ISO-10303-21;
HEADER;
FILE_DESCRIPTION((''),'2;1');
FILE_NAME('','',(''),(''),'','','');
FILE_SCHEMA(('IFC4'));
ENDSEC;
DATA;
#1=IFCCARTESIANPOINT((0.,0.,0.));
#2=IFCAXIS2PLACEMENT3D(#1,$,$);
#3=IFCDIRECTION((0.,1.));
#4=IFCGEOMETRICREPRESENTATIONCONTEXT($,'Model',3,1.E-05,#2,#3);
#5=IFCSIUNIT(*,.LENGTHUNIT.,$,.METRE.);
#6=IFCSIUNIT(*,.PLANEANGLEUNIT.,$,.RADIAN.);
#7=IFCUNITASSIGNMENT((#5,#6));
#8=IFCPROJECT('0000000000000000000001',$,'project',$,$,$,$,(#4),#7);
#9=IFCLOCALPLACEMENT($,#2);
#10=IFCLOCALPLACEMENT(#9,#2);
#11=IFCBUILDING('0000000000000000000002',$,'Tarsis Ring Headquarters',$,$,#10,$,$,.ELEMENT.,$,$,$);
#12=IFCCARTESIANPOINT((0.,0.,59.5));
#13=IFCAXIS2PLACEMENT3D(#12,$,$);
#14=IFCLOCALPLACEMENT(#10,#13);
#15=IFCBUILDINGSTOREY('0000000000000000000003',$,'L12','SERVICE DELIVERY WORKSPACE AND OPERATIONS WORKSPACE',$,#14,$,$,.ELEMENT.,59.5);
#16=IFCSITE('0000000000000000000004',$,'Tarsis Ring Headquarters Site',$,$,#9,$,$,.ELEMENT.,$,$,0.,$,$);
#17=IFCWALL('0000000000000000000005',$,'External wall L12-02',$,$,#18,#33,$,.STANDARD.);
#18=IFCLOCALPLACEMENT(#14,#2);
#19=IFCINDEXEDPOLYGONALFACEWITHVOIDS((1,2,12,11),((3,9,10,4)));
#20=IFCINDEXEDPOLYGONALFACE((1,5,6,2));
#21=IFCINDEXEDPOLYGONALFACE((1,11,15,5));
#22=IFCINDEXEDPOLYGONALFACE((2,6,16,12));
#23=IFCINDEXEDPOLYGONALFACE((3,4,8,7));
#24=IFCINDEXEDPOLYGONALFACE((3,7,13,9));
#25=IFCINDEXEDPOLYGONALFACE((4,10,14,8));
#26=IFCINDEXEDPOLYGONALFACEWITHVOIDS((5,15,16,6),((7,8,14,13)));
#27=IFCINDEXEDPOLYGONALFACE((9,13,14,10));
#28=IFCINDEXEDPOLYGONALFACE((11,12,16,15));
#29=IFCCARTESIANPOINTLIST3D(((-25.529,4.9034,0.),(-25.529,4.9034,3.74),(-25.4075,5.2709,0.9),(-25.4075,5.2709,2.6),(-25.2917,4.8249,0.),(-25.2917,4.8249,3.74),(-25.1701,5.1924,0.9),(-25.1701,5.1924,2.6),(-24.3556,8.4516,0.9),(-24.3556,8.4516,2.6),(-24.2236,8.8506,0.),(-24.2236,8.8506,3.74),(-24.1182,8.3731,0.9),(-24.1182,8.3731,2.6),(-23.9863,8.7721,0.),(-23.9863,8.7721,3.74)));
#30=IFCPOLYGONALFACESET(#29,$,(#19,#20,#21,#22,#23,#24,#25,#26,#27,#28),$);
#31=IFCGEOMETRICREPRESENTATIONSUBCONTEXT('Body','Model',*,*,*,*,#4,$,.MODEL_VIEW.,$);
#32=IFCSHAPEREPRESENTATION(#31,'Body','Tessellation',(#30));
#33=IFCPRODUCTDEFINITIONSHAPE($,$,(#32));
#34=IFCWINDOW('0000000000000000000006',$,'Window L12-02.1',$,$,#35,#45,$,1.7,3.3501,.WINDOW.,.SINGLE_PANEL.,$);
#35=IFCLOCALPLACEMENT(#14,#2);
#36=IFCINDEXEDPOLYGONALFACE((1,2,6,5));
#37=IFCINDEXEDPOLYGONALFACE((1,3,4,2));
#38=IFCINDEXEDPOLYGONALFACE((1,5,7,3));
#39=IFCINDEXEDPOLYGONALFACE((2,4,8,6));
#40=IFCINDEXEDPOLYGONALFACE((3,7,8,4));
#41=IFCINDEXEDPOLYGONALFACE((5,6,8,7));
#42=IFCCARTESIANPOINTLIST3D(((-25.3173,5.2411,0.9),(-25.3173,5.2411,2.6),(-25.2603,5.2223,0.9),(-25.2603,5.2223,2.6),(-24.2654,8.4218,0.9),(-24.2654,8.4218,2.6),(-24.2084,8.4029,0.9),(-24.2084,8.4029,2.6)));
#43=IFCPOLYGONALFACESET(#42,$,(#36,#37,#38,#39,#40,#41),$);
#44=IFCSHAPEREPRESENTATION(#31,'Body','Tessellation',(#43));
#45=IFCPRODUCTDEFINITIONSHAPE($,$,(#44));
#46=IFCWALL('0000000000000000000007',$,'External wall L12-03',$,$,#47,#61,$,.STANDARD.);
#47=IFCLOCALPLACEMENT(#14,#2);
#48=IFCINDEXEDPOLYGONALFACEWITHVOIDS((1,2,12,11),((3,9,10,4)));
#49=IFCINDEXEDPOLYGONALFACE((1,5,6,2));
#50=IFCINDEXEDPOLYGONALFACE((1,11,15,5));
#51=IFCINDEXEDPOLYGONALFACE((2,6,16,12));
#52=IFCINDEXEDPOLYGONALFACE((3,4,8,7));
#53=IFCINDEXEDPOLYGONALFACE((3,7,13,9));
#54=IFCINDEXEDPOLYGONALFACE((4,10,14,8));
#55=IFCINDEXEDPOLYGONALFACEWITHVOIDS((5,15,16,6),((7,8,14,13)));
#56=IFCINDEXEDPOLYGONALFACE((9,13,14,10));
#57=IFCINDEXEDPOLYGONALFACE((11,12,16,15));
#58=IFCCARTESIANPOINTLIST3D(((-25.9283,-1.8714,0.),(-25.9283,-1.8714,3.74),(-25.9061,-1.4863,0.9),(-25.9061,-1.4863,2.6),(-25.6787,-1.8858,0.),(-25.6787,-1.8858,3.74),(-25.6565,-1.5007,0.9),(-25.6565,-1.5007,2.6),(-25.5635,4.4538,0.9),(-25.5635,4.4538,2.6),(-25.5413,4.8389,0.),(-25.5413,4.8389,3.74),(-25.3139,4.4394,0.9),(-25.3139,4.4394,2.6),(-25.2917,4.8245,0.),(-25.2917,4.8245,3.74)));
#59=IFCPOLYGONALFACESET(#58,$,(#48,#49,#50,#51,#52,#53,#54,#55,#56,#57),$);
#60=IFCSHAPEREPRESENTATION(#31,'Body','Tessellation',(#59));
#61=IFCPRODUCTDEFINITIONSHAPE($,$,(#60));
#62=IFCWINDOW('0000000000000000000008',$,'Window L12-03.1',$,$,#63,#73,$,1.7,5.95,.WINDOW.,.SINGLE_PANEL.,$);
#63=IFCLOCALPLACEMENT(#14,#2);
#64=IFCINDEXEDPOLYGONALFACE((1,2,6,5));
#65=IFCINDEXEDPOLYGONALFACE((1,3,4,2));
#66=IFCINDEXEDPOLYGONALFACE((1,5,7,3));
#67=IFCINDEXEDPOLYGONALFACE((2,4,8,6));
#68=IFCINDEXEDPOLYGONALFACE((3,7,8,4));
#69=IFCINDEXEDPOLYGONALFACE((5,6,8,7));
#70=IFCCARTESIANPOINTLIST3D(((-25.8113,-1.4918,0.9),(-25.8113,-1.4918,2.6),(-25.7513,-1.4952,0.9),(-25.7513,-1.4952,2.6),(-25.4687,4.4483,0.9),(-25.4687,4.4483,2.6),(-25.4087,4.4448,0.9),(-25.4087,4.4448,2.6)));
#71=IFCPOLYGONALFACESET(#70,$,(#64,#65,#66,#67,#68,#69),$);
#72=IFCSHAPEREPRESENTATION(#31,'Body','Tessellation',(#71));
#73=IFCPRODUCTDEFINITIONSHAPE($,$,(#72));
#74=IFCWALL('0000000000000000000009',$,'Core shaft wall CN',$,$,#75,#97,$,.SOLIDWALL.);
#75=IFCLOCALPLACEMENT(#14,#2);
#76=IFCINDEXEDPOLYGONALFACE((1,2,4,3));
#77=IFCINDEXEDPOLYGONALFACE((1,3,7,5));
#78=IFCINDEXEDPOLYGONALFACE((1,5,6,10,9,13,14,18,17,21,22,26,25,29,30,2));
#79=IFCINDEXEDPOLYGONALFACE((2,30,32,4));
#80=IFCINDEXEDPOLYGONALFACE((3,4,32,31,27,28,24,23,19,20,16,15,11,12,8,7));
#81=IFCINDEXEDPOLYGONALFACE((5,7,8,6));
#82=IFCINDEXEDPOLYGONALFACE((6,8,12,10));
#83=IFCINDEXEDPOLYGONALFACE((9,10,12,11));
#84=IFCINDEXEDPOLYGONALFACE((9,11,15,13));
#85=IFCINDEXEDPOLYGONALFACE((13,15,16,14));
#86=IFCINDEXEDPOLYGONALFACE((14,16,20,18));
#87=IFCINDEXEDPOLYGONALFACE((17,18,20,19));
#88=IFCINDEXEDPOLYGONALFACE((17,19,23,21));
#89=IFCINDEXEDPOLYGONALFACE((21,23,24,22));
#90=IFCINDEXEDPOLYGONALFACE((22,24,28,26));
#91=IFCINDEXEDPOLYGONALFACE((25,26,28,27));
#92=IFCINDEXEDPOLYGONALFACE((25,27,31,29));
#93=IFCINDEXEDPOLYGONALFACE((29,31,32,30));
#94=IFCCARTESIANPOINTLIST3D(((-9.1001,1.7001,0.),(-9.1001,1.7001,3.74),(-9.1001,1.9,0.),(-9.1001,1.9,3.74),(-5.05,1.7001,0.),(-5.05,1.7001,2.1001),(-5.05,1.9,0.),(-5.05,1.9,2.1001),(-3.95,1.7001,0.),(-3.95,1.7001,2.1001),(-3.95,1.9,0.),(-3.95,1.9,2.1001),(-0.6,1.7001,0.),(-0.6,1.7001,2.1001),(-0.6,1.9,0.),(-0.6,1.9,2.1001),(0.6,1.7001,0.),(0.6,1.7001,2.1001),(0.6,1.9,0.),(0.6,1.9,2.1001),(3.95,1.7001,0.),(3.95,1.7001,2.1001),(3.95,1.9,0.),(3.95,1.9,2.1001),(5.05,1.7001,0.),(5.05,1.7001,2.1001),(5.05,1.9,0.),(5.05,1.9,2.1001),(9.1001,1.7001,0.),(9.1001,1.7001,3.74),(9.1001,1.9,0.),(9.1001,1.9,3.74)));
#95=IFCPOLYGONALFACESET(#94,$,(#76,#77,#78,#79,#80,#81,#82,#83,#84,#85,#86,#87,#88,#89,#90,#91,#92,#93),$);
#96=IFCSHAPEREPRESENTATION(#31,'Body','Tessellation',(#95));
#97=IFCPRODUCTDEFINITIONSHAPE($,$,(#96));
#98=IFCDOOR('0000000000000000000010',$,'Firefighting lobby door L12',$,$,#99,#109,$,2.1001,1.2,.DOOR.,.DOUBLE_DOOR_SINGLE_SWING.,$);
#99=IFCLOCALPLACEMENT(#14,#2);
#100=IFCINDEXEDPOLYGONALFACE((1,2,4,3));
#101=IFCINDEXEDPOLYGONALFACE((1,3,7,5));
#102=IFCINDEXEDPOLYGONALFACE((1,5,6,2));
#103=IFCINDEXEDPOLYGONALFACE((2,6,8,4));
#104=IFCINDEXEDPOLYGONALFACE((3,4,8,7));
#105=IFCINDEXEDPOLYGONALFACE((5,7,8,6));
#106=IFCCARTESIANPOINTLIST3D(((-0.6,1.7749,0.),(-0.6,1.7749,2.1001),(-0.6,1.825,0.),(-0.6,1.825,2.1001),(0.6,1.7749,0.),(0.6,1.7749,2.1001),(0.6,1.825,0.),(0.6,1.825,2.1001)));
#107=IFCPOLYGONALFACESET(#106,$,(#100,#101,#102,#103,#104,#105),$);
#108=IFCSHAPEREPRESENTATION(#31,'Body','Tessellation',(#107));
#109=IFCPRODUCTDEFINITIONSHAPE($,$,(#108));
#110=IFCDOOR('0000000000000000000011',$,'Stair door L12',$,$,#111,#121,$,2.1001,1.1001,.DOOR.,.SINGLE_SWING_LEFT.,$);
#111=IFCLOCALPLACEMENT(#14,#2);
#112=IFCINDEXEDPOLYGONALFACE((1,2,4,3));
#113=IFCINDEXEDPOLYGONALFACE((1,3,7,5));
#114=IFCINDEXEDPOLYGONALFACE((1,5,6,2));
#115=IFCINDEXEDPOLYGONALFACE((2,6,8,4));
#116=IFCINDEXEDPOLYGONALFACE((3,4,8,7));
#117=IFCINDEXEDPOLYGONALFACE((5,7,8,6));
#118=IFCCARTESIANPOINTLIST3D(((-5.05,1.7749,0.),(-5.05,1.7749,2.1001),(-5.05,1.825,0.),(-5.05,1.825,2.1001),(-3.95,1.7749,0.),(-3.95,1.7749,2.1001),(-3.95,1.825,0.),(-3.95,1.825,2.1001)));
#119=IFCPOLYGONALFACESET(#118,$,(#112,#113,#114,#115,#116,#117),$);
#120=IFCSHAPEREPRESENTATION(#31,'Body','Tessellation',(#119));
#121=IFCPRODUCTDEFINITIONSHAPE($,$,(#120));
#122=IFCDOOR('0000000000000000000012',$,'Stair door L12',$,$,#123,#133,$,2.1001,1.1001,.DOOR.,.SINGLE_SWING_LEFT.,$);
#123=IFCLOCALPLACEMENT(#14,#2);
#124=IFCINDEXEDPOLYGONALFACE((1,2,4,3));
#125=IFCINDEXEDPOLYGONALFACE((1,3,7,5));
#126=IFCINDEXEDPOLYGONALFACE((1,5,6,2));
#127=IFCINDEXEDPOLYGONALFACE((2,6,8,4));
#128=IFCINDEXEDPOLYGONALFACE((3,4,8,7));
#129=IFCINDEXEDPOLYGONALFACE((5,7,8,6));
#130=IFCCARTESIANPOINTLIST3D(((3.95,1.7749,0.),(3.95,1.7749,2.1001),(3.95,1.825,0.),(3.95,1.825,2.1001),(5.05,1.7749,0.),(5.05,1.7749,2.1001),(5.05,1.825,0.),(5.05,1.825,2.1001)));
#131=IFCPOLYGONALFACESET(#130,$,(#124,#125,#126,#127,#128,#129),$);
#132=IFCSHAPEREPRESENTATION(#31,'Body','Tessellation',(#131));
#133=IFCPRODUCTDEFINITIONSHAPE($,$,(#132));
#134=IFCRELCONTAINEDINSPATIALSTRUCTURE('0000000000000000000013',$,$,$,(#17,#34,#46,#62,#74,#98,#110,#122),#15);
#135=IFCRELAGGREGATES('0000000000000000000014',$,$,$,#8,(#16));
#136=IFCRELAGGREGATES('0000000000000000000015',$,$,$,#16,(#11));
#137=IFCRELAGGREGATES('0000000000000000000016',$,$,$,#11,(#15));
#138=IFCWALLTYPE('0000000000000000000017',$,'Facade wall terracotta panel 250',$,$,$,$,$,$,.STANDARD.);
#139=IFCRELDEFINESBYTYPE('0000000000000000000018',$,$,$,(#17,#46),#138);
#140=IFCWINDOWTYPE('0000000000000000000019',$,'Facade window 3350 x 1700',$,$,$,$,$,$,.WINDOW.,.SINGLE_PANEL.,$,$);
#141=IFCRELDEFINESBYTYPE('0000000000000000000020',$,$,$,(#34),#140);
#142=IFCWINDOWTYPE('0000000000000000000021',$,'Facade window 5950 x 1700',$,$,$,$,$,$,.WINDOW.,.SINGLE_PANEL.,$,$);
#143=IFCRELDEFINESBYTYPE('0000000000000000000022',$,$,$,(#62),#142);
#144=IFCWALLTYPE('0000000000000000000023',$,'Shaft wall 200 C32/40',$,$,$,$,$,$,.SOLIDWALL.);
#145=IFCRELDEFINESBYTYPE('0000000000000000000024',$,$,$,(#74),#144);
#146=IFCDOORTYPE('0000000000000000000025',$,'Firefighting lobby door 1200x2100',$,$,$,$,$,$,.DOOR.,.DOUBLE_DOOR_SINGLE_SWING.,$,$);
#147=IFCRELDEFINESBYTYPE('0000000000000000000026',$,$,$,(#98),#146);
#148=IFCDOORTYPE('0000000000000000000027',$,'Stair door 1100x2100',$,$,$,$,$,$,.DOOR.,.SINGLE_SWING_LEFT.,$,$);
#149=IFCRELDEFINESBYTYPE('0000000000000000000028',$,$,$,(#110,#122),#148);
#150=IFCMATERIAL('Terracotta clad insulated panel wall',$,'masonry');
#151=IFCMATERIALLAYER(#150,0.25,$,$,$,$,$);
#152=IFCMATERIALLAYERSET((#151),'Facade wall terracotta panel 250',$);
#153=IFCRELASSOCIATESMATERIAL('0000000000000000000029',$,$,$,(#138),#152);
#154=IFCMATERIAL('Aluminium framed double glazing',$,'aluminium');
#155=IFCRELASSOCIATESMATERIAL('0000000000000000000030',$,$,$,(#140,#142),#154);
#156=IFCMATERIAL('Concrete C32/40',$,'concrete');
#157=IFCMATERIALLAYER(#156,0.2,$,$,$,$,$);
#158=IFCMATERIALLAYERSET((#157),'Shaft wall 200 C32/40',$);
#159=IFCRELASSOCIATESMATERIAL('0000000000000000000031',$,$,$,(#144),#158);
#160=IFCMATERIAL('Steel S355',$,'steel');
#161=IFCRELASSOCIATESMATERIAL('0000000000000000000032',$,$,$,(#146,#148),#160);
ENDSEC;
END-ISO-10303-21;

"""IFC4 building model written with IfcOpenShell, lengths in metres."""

from ifc_helpers import new_model, si_unit, direction, frame, frame_2d, origin, place, context, subcontext, project, spatial, rectangle, extrude, material, layer, layer_set, type_object, element, fill, save


model = new_model("IFC4")

# Units and contexts
model_context = context("Model", 3, precision=1e-05, world=origin(), true_north=direction((0.0, 1.0)))
body_context = subcontext(model_context, "Body", "Model", "MODEL_VIEW")
ifc_project = project(units=[si_unit("LENGTHUNIT", "METRE"), si_unit("PLANEANGLEUNIT", "RADIAN")], contexts=[model_context])

# Site, building, storey
site_placement = place(None, origin())
site = spatial("IfcSite", under=ifc_project, at=site_placement, Name="Tarsis Ring Headquarters Site", CompositionType="ELEMENT", RefElevation=0.0)
building_placement = place(site_placement, origin())
building = spatial("IfcBuilding", under=site, at=building_placement, Name="Tarsis Ring Headquarters", CompositionType="ELEMENT")
storey_placement = place(building_placement, frame((0.0, 0.0, 59.5)))
storey = spatial("IfcBuildingStorey", under=building, at=storey_placement, Name="L12", Description="SERVICE DELIVERY WORKSPACE AND OPERATIONS WORKSPACE", CompositionType="ELEMENT", Elevation=59.5)

# Walls, openings, windows
ifc_material_1 = material(Name="Terracotta clad insulated panel wall", Category="masonry")
ifc_layer_1 = layer(ifc_material_1, 0.25)
ifc_layer_set_1 = layer_set([ifc_layer_1], Name="Facade wall terracotta panel 250")
wall_type_1 = type_object("IfcWallType", Name="Facade wall terracotta panel 250", PredefinedType="STANDARD", material=ifc_layer_set_1)
wall_1_placement = place(storey_placement, frame((-24.105, 8.8113, 0.0), z_axis=(0.0, 0.0, 1.0), x_axis=(-0.31399, -0.949426, 0.0)))
wall_1 = element("IfcWall", 1, at=wall_1_placement, inside=storey, type_object=wall_type_1, Name="External wall L12-02", PredefinedType="STANDARD", context=body_context, shape_type="SweptSolid", body=[
    extrude(rectangle(XDim=4.1575, YDim=0.25, at=frame_2d((2.0786, 0.0))), origin(), (0.0, 0.0, 1.0), 3.74),
])
opening_1_placement = place(wall_1_placement, frame((0.4202, 0.0, 0.8999)))
opening_1 = element("IfcOpeningElement", 2, at=opening_1_placement, cuts=wall_1, PredefinedType="OPENING", context=body_context, shape_type="SweptSolid", body=[
    extrude(rectangle(XDim=3.3501, YDim=1.7, at=frame_2d((1.675, 0.8501))), frame((0.0, 0.135, 0.0), z_axis=(0.0, -1.0, 0.0), x_axis=(1.0, 0.0, 0.0)), (0.0, 0.0, 1.0), 0.27),
])
ifc_material_2 = material(Name="Aluminium framed double glazing", Category="aluminium")
window_type_1 = type_object("IfcWindowType", Name="Facade window 3350 x 1700", PartitioningType="SINGLE_PANEL", PredefinedType="WINDOW", material=ifc_material_2)
window_1_placement = place(opening_1_placement, origin())
window_1 = element("IfcWindow", 3, at=window_1_placement, inside=storey, type_object=window_type_1, Name="Window L12-02.1", OverallHeight=1.7, OverallWidth=3.3501, PartitioningType="SINGLE_PANEL", PredefinedType="WINDOW", context=body_context, shape_type="SweptSolid", body=[
    extrude(rectangle(XDim=3.3501, YDim=1.7, at=frame_2d((1.675, 0.8501))), frame((0.0, 0.03, 0.0), z_axis=(0.0, -1.0, 0.0), x_axis=(1.0, 0.0, 0.0)), (0.0, 0.0, 1.0), 0.0601),
])
fill(opening_1, window_1)
wall_2_placement = place(storey_placement, frame((-25.4165, 4.8318, 0.0), z_axis=(0.0, 0.0, 1.0), x_axis=(-0.057572, -0.998341, 0.0)))
wall_2 = element("IfcWall", 4, at=wall_2_placement, inside=storey, type_object=wall_type_1, Name="External wall L12-03", PredefinedType="STANDARD", context=body_context, shape_type="SweptSolid", body=[
    extrude(rectangle(XDim=6.7214, YDim=0.25, at=frame_2d((3.3608, 0.0))), origin(), (0.0, 0.0, 1.0), 3.74),
])
opening_2_placement = place(wall_2_placement, frame((0.3857, 0.0, 0.8999)))
opening_2 = element("IfcOpeningElement", 5, at=opening_2_placement, cuts=wall_2, PredefinedType="OPENING", context=body_context, shape_type="SweptSolid", body=[
    extrude(rectangle(XDim=5.95, YDim=1.7, at=frame_2d((2.9751, 0.8501))), frame((0.0, 0.135, 0.0), z_axis=(0.0, -1.0, 0.0), x_axis=(1.0, 0.0, 0.0)), (0.0, 0.0, 1.0), 0.27),
])
window_type_2 = type_object("IfcWindowType", Name="Facade window 5950 x 1700", PartitioningType="SINGLE_PANEL", PredefinedType="WINDOW", material=ifc_material_2)
window_2_placement = place(opening_2_placement, origin())
window_2 = element("IfcWindow", 6, at=window_2_placement, inside=storey, type_object=window_type_2, Name="Window L12-03.1", OverallHeight=1.7, OverallWidth=5.95, PartitioningType="SINGLE_PANEL", PredefinedType="WINDOW", context=body_context, shape_type="SweptSolid", body=[
    extrude(rectangle(XDim=5.95, YDim=1.7, at=frame_2d((2.9751, 0.8501))), frame((0.0, 0.03, 0.0), z_axis=(0.0, -1.0, 0.0), x_axis=(1.0, 0.0, 0.0)), (0.0, 0.0, 1.0), 0.0601),
])
fill(opening_2, window_2)

# Wall, openings, doors
ifc_material_3 = material(Name="Concrete C32/40", Category="concrete")
ifc_layer_2 = layer(ifc_material_3, 0.2)
ifc_layer_set_2 = layer_set([ifc_layer_2], Name="Shaft wall 200 C32/40")
wall_type_2 = type_object("IfcWallType", Name="Shaft wall 200 C32/40", PredefinedType="SOLIDWALL", material=ifc_layer_set_2)
wall_3_placement = place(storey_placement, frame((-9.1001, 1.8, 0.0), z_axis=(0.0, 0.0, 1.0), x_axis=(1.0, 0.0, 0.0)))
wall_3 = element("IfcWall", 7, at=wall_3_placement, inside=storey, type_object=wall_type_2, Name="Core shaft wall CN", PredefinedType="SOLIDWALL", context=body_context, shape_type="SweptSolid", body=[
    extrude(rectangle(XDim=18.2002, YDim=0.2, at=frame_2d((9.1001, 0.0))), origin(), (0.0, 0.0, 1.0), 3.74),
])
opening_3_placement = place(wall_3_placement, frame((4.05, 0.0, 0.0)))
opening_3 = element("IfcOpeningElement", 8, at=opening_3_placement, cuts=wall_3, PredefinedType="OPENING", context=body_context, shape_type="SweptSolid", body=[
    extrude(rectangle(XDim=1.1001, YDim=2.1001, at=frame_2d((0.55, 1.05))), frame((0.0, 0.1099, 0.0), z_axis=(0.0, -1.0, 0.0), x_axis=(1.0, 0.0, 0.0)), (0.0, 0.0, 1.0), 0.22),
])
opening_4_placement = place(wall_3_placement, frame((8.5, 0.0, 0.0)))
opening_4 = element("IfcOpeningElement", 9, at=opening_4_placement, cuts=wall_3, PredefinedType="OPENING", context=body_context, shape_type="SweptSolid", body=[
    extrude(rectangle(XDim=1.2, YDim=2.1001, at=frame_2d((0.6001, 1.05))), frame((0.0, 0.1099, 0.0), z_axis=(0.0, -1.0, 0.0), x_axis=(1.0, 0.0, 0.0)), (0.0, 0.0, 1.0), 0.22),
])
opening_5_placement = place(wall_3_placement, frame((13.05, 0.0, 0.0)))
opening_5 = element("IfcOpeningElement", 10, at=opening_5_placement, cuts=wall_3, PredefinedType="OPENING", context=body_context, shape_type="SweptSolid", body=[
    extrude(rectangle(XDim=1.1001, YDim=2.1001, at=frame_2d((0.55, 1.05))), frame((0.0, 0.1099, 0.0), z_axis=(0.0, -1.0, 0.0), x_axis=(1.0, 0.0, 0.0)), (0.0, 0.0, 1.0), 0.22),
])
ifc_material_4 = material(Name="Steel S355", Category="steel")
door_type_1 = type_object("IfcDoorType", Name="Firefighting lobby door 1200x2100", OperationType="DOUBLE_DOOR_SINGLE_SWING", PredefinedType="DOOR", material=ifc_material_4)
door_1_placement = place(opening_4_placement, origin())
door_1 = element("IfcDoor", 11, at=door_1_placement, inside=storey, type_object=door_type_1, Name="Firefighting lobby door L12", OperationType="DOUBLE_DOOR_SINGLE_SWING", OverallHeight=2.1001, OverallWidth=1.2, PredefinedType="DOOR", context=body_context, shape_type="SweptSolid", body=[
    extrude(rectangle(XDim=1.2, YDim=2.1001, at=frame_2d((0.6001, 1.05))), frame((0.0, 0.0249, 0.0), z_axis=(0.0, -1.0, 0.0), x_axis=(1.0, 0.0, 0.0)), (0.0, 0.0, 1.0), 0.05),
])
fill(opening_4, door_1)
door_type_2 = type_object("IfcDoorType", Name="Stair door 1100x2100", OperationType="SINGLE_SWING_LEFT", PredefinedType="DOOR", material=ifc_material_4)
door_2_placement = place(opening_3_placement, origin())
door_2 = element("IfcDoor", 12, at=door_2_placement, inside=storey, type_object=door_type_2, Name="Stair door L12", OperationType="SINGLE_SWING_LEFT", OverallHeight=2.1001, OverallWidth=1.1001, PredefinedType="DOOR", context=body_context, shape_type="SweptSolid", body=[
    extrude(rectangle(XDim=1.1001, YDim=2.1001, at=frame_2d((0.55, 1.05))), frame((0.0, 0.0249, 0.0), z_axis=(0.0, -1.0, 0.0), x_axis=(1.0, 0.0, 0.0)), (0.0, 0.0, 1.0), 0.05),
])
fill(opening_3, door_2)
door_3_placement = place(opening_5_placement, origin())
door_3 = element("IfcDoor", 13, at=door_3_placement, inside=storey, type_object=door_type_2, Name="Stair door L12", OperationType="SINGLE_SWING_LEFT", OverallHeight=2.1001, OverallWidth=1.1001, PredefinedType="DOOR", context=body_context, shape_type="SweptSolid", body=[
    extrude(rectangle(XDim=1.1001, YDim=2.1001, at=frame_2d((0.55, 1.05))), frame((0.0, 0.0249, 0.0), z_axis=(0.0, -1.0, 0.0), x_axis=(1.0, 0.0, 0.0)), (0.0, 0.0, 1.0), 0.05),
])
fill(opening_5, door_3)

save(model, "model.ifc")
